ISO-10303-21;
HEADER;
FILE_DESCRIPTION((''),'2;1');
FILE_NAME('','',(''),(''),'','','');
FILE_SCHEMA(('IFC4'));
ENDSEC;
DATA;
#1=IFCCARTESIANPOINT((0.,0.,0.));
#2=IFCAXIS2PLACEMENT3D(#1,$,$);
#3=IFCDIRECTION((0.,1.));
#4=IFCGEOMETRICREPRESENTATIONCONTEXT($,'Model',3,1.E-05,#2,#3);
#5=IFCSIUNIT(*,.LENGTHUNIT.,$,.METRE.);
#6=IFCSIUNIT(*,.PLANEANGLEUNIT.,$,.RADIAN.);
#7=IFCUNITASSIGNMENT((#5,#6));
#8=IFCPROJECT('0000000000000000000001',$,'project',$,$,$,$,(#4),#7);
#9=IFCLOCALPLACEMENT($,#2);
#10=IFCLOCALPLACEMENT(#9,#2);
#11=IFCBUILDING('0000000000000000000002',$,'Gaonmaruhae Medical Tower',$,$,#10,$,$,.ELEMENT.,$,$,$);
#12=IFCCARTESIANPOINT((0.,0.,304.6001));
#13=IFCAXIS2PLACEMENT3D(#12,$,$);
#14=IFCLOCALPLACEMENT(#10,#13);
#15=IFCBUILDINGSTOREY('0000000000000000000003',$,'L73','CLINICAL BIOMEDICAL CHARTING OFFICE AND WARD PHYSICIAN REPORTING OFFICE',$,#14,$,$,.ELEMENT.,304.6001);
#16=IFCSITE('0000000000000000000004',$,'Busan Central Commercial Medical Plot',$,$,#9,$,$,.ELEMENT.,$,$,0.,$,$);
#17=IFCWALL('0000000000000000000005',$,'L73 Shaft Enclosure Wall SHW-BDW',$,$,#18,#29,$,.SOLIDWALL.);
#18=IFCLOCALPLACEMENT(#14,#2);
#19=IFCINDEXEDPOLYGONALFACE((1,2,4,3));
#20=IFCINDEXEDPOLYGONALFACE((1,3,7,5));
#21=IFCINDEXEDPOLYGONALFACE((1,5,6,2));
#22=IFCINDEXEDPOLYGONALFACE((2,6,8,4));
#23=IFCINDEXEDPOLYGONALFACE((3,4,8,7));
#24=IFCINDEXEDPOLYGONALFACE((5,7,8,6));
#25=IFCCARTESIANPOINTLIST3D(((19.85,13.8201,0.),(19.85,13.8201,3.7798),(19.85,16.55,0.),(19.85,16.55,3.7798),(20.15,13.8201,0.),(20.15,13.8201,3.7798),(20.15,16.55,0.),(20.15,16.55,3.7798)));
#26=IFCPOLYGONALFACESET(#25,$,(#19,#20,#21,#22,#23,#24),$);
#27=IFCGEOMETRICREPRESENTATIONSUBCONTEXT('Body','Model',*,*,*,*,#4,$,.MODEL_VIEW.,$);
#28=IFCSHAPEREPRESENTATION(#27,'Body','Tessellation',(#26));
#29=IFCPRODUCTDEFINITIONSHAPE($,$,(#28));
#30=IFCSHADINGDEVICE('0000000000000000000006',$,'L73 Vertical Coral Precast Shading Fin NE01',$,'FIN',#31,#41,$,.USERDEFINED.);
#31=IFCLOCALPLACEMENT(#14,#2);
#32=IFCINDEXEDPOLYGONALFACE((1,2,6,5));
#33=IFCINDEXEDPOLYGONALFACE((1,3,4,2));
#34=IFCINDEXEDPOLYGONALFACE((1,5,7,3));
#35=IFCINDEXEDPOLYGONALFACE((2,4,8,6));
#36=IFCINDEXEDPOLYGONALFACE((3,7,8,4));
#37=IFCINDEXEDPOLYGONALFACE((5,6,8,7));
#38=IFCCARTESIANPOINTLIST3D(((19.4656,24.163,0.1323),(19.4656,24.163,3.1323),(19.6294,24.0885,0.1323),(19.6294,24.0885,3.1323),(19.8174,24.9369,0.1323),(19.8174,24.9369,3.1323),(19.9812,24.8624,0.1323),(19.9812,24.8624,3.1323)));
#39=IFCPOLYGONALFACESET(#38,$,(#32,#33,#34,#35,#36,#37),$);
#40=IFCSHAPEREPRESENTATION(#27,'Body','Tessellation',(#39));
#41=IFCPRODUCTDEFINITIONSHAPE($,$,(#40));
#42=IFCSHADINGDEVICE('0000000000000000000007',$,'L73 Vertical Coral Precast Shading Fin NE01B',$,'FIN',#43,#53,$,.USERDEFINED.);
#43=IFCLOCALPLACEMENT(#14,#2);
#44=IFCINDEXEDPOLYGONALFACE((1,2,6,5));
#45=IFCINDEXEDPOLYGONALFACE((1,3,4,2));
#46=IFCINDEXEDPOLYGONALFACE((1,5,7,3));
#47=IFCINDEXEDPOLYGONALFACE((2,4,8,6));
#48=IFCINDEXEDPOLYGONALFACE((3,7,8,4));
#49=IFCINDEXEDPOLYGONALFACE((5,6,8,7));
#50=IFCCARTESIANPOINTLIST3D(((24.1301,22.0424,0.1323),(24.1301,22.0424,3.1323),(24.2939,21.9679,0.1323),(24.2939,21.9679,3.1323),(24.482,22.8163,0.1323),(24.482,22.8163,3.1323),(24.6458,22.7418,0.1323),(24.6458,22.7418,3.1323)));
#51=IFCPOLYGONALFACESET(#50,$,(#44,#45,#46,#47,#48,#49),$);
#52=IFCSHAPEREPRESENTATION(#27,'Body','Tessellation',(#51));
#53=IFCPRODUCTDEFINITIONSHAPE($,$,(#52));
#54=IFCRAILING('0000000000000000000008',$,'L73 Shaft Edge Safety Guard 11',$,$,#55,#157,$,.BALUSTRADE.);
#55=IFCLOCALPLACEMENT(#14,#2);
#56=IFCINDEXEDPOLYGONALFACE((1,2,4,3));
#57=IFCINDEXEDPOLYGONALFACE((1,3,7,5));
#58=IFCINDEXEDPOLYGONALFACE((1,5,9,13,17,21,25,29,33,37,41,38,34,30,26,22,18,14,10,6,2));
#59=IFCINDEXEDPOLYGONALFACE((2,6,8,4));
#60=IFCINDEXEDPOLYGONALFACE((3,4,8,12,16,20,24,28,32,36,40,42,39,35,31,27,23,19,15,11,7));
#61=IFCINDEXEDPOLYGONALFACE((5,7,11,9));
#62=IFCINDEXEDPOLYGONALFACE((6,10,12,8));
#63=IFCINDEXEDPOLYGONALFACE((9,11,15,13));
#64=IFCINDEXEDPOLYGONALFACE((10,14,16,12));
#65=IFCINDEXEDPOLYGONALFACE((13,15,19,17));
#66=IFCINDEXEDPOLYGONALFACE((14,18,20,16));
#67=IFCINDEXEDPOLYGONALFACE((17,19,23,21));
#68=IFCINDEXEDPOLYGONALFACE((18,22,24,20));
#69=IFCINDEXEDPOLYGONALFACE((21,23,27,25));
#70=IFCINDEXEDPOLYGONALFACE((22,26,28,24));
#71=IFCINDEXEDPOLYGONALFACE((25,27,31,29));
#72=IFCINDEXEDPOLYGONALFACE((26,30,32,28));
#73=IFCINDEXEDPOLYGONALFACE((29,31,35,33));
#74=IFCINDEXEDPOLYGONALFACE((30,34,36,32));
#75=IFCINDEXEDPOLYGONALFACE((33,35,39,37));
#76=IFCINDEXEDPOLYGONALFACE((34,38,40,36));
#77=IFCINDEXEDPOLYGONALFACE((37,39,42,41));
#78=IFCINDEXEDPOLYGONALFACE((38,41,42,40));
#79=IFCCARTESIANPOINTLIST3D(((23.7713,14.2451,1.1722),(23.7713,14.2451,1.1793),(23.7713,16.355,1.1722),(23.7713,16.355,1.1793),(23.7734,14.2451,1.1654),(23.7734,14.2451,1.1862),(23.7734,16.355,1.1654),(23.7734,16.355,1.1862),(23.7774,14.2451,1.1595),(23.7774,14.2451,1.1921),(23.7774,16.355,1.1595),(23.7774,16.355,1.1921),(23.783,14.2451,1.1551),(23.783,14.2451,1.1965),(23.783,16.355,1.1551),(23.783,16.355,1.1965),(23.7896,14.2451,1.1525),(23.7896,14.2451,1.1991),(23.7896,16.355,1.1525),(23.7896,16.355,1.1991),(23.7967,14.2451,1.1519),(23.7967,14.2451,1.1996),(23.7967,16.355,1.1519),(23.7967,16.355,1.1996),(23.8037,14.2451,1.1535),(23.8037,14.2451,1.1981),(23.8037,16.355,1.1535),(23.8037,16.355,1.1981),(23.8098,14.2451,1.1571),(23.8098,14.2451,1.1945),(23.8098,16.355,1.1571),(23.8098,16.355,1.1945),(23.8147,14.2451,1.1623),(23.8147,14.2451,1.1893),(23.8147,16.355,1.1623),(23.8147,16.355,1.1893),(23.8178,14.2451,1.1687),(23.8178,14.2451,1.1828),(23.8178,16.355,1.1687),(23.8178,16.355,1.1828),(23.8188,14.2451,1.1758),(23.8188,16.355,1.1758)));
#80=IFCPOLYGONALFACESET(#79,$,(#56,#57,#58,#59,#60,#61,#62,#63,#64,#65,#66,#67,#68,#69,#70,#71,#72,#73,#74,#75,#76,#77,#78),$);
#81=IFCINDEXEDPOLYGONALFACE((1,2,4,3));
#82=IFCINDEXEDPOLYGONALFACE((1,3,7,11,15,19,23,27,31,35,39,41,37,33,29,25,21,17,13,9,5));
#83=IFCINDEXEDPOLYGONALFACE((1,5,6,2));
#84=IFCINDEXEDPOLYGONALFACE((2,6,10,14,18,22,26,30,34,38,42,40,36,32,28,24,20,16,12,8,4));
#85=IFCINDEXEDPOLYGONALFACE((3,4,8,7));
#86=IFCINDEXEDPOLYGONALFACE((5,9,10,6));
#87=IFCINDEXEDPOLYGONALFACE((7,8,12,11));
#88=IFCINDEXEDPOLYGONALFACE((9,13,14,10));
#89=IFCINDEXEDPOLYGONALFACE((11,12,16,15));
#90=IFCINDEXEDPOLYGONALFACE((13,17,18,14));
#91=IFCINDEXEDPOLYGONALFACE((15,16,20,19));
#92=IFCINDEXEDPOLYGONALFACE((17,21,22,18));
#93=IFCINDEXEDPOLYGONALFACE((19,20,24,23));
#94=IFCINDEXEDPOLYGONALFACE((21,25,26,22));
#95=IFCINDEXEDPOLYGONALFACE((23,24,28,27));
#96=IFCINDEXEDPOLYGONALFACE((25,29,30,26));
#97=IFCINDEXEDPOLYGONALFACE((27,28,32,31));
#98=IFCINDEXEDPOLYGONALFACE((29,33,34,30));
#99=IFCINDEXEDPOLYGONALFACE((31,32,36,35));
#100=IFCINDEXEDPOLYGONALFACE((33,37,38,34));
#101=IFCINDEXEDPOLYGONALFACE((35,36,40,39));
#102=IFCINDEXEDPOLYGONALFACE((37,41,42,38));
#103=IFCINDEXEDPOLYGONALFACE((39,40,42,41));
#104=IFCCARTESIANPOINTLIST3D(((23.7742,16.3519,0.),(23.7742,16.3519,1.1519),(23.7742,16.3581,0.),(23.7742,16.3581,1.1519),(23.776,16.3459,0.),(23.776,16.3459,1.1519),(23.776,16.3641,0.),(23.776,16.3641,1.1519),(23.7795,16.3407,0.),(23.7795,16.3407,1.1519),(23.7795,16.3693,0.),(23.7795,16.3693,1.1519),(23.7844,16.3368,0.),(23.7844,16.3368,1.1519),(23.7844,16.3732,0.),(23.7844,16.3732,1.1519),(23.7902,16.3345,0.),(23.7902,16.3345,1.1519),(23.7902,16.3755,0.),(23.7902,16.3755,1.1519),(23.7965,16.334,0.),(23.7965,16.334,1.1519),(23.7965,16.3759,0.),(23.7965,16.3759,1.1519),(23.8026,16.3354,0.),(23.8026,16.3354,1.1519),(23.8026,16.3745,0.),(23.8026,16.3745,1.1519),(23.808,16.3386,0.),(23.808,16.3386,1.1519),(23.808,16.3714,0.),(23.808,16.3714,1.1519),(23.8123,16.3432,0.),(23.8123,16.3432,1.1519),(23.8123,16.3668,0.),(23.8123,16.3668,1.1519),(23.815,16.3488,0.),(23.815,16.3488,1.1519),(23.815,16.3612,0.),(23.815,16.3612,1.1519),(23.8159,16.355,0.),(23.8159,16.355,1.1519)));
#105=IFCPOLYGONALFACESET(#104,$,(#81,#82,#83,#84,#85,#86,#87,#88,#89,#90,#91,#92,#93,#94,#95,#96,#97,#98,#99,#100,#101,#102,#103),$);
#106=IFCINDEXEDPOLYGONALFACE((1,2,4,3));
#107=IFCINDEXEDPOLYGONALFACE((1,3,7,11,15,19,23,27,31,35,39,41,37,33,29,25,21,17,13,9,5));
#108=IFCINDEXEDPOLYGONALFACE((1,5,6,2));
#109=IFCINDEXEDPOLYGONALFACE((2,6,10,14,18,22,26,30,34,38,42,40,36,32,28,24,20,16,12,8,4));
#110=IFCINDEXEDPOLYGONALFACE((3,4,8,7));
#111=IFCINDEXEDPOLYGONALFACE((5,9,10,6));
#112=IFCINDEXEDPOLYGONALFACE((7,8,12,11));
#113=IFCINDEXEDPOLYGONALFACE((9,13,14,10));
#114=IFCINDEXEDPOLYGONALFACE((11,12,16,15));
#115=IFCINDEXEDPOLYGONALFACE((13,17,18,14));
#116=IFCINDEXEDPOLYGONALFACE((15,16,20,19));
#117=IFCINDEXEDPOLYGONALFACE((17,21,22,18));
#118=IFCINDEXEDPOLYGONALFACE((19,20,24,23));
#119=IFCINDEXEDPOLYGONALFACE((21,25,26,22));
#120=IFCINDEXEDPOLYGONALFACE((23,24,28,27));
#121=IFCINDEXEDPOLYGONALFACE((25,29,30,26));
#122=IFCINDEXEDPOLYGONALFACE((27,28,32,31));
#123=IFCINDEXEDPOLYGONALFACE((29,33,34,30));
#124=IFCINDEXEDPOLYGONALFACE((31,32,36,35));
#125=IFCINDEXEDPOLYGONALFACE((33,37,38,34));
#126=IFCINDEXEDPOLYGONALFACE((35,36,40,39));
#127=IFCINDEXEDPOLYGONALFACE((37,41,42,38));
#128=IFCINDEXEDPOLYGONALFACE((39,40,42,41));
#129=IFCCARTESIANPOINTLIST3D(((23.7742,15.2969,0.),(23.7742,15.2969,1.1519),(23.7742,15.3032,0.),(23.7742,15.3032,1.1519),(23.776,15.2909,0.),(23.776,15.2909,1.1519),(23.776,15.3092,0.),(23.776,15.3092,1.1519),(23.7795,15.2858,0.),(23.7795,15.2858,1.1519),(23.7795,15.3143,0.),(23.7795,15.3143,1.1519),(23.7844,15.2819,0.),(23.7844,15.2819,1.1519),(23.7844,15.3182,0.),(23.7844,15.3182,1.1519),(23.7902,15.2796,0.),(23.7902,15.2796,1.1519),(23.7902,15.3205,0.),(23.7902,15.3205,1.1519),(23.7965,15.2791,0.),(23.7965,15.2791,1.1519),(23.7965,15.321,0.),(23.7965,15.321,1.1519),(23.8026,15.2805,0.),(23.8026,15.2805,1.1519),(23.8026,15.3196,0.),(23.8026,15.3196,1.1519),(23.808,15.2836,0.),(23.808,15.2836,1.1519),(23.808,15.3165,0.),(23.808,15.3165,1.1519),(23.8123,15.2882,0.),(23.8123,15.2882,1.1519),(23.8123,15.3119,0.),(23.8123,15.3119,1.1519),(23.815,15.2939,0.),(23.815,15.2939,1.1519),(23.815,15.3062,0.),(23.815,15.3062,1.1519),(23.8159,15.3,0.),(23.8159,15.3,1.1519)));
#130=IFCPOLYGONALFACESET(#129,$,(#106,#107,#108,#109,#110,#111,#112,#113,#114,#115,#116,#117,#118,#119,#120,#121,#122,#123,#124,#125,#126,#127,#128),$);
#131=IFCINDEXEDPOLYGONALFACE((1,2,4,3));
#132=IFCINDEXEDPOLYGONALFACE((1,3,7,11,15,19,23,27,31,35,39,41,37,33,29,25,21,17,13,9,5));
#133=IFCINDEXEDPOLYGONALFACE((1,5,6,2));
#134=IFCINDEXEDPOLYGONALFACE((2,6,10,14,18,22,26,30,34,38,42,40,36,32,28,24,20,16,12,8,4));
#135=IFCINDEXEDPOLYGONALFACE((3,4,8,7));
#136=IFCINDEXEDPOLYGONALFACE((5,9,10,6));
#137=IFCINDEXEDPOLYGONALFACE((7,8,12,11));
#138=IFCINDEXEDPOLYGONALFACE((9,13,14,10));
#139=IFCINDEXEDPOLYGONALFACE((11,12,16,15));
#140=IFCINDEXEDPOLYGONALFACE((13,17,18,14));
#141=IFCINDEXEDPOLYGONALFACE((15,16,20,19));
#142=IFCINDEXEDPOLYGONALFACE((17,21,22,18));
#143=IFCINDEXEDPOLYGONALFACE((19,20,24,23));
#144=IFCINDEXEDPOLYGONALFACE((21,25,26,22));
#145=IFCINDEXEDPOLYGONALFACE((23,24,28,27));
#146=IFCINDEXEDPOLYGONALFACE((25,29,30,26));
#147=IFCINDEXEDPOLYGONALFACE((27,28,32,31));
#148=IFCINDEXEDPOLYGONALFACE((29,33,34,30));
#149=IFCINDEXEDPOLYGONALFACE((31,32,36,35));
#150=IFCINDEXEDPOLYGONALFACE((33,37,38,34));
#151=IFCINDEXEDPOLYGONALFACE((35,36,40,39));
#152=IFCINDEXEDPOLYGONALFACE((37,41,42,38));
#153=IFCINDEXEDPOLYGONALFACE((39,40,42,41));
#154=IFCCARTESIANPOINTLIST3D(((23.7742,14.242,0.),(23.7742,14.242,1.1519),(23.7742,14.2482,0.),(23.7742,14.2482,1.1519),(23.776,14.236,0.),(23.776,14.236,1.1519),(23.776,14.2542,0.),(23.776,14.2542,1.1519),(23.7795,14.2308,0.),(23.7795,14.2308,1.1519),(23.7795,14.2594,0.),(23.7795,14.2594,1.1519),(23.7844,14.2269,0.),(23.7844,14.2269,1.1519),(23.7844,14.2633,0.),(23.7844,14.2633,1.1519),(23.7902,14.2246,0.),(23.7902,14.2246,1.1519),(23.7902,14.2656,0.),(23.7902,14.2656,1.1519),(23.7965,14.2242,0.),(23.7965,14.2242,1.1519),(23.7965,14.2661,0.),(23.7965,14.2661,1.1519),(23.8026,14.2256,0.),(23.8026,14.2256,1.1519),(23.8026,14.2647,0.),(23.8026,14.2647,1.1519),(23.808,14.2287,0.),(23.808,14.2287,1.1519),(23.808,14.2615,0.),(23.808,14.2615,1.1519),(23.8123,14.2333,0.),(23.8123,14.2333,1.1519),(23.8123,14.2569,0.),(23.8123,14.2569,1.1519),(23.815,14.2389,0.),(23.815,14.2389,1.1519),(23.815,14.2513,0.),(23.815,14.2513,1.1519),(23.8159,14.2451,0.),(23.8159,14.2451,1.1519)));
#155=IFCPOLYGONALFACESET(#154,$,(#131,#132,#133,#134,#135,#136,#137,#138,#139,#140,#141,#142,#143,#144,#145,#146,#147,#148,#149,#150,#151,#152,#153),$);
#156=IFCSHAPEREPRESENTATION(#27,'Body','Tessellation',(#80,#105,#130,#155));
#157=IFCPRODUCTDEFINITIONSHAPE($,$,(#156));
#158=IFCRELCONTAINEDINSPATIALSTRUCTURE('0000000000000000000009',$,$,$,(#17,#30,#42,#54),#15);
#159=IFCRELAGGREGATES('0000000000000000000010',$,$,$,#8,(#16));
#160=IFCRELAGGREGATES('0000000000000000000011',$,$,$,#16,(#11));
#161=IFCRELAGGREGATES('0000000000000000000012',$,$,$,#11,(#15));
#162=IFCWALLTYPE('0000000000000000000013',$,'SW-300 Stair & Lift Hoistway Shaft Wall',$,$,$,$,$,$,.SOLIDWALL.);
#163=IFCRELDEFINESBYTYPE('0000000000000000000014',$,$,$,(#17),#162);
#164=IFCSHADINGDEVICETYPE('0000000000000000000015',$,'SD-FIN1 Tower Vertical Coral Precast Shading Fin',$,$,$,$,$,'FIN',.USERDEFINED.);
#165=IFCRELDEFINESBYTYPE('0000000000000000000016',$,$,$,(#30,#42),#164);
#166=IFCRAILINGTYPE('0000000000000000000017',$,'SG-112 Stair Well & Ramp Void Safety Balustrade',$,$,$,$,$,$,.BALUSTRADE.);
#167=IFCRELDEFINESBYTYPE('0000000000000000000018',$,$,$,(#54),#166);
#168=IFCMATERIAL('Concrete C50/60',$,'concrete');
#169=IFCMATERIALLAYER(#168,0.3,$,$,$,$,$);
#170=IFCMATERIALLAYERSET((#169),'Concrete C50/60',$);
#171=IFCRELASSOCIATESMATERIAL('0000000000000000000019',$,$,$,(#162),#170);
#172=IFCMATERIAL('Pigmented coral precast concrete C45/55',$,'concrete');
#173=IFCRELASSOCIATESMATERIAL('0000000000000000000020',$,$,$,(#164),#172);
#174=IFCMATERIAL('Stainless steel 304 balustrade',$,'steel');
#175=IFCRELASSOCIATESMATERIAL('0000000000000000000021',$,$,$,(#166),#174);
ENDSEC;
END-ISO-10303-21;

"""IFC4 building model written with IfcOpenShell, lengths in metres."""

from ifc_helpers import new_model, si_unit, direction, frame, frame_2d, origin, origin_2d, place, context, subcontext, project, spatial, rectangle, circle, extrude, material, layer, layer_set, type_object, element, save


model = new_model("IFC4")

# Units and contexts
model_context = context("Model", 3, precision=1e-05, world=origin(), true_north=direction((0.0, 1.0)))
body_context = subcontext(model_context, "Body", "Model", "MODEL_VIEW")
ifc_project = project(units=[si_unit("LENGTHUNIT", "METRE"), si_unit("PLANEANGLEUNIT", "RADIAN")], contexts=[model_context])

# Site, building, storey
site_placement = place(None, origin())
site = spatial("IfcSite", under=ifc_project, at=site_placement, Name="Busan Central Commercial Medical Plot", CompositionType="ELEMENT", RefElevation=0.0)
building_placement = place(site_placement, origin())
building = spatial("IfcBuilding", under=site, at=building_placement, Name="Gaonmaruhae Medical Tower", CompositionType="ELEMENT")
storey_placement = place(building_placement, frame((0.0, 0.0, 304.6001)))
storey = spatial("IfcBuildingStorey", under=building, at=storey_placement, Name="L73", Description="CLINICAL BIOMEDICAL CHARTING OFFICE AND WARD PHYSICIAN REPORTING OFFICE", CompositionType="ELEMENT", Elevation=304.6001)

# Shared definitions
ifc_material_1 = material(Name="Concrete C50/60", Category="concrete")

# Shared definitions
ifc_layer_1 = layer(ifc_material_1, 0.3)
ifc_layer_set_1 = layer_set([ifc_layer_1], Name="Concrete C50/60")
wall_type_1 = type_object("IfcWallType", Name="SW-300 Stair & Lift Hoistway Shaft Wall", PredefinedType="SOLIDWALL", material=ifc_layer_set_1)

# Wall
wall_1_placement = place(storey_placement, frame((20.0, 13.8201, 0.0), z_axis=(0.0, 0.0, 1.0), x_axis=(0.0, 1.0, 0.0)))
element("IfcWall", 1, at=wall_1_placement, inside=storey, type_object=wall_type_1, Name="L73 Shaft Enclosure Wall SHW-BDW", PredefinedType="SOLIDWALL", context=body_context, shape_type="SweptSolid", body=[
    extrude(rectangle(XDim=2.73, YDim=0.3, at=frame_2d((1.365, 0.0))), origin(), (0.0, 0.0, 1.0), 3.7798),
])

# Shading devices
ifc_material_2 = material(Name="Pigmented coral precast concrete C45/55", Category="concrete")
shading_device_type = type_object("IfcShadingDeviceType", Name="SD-FIN1 Tower Vertical Coral Precast Shading Fin", ElementType="FIN", PredefinedType="USERDEFINED", material=ifc_material_2)
for number, where, z_axis, x_axis, name in (
    (2, (19.7234, 24.5127, 0.1323), (0.0, 0.0, 1.0), (0.910323, -0.413899, 0.0), "L73 Vertical Coral Precast Shading Fin NE01"),
    (3, (24.3879, 22.3921, 0.1323), (0.0, 0.0, 1.0), (0.910323, -0.413899, 0.0), "L73 Vertical Coral Precast Shading Fin NE01B"),
):
    element("IfcShadingDevice", number, at=place(storey_placement, frame(where, z_axis=z_axis, x_axis=x_axis)), inside=storey, type_object=shading_device_type, Name=name, ObjectType="FIN", PredefinedType="USERDEFINED", context=body_context, shape_type="SweptSolid", body=[
        extrude(rectangle(XDim=0.1799, YDim=0.8501, at=origin_2d()), origin(), (0.0, 0.0, 1.0), 3.0),
    ])

# Railing
ifc_material_3 = material(Name="Stainless steel 304 balustrade", Category="steel")
railing_type = type_object("IfcRailingType", Name="SG-112 Stair Well & Ramp Void Safety Balustrade", PredefinedType="BALUSTRADE", material=ifc_material_3)
railing_placement = place(storey_placement, frame((23.7949, 16.355, 0.0)))
element("IfcRailing", 4, at=railing_placement, inside=storey, type_object=railing_type, Name="L73 Shaft Edge Safety Guard 11", PredefinedType="BALUSTRADE", context=body_context, shape_type="SweptSolid", body=[
    extrude(circle(Radius=0.0239, at=origin_2d()), frame((0.0, 0.0, 1.1758), z_axis=(0.0, -1.0, 0.0), x_axis=(1.0, 0.0, 0.0)), (0.0, 0.0, 1.0), 2.1099),
    extrude(circle(Radius=0.021, at=origin_2d()), origin(), (0.0, 0.0, 1.0), 1.1519),
    extrude(circle(Radius=0.021, at=origin_2d()), frame((0.0, -1.0549, 0.0)), (0.0, 0.0, 1.0), 1.1519),
    extrude(circle(Radius=0.021, at=origin_2d()), frame((0.0, -2.1099, 0.0)), (0.0, 0.0, 1.0), 1.1519),
])

save(model, "model.ifc")
